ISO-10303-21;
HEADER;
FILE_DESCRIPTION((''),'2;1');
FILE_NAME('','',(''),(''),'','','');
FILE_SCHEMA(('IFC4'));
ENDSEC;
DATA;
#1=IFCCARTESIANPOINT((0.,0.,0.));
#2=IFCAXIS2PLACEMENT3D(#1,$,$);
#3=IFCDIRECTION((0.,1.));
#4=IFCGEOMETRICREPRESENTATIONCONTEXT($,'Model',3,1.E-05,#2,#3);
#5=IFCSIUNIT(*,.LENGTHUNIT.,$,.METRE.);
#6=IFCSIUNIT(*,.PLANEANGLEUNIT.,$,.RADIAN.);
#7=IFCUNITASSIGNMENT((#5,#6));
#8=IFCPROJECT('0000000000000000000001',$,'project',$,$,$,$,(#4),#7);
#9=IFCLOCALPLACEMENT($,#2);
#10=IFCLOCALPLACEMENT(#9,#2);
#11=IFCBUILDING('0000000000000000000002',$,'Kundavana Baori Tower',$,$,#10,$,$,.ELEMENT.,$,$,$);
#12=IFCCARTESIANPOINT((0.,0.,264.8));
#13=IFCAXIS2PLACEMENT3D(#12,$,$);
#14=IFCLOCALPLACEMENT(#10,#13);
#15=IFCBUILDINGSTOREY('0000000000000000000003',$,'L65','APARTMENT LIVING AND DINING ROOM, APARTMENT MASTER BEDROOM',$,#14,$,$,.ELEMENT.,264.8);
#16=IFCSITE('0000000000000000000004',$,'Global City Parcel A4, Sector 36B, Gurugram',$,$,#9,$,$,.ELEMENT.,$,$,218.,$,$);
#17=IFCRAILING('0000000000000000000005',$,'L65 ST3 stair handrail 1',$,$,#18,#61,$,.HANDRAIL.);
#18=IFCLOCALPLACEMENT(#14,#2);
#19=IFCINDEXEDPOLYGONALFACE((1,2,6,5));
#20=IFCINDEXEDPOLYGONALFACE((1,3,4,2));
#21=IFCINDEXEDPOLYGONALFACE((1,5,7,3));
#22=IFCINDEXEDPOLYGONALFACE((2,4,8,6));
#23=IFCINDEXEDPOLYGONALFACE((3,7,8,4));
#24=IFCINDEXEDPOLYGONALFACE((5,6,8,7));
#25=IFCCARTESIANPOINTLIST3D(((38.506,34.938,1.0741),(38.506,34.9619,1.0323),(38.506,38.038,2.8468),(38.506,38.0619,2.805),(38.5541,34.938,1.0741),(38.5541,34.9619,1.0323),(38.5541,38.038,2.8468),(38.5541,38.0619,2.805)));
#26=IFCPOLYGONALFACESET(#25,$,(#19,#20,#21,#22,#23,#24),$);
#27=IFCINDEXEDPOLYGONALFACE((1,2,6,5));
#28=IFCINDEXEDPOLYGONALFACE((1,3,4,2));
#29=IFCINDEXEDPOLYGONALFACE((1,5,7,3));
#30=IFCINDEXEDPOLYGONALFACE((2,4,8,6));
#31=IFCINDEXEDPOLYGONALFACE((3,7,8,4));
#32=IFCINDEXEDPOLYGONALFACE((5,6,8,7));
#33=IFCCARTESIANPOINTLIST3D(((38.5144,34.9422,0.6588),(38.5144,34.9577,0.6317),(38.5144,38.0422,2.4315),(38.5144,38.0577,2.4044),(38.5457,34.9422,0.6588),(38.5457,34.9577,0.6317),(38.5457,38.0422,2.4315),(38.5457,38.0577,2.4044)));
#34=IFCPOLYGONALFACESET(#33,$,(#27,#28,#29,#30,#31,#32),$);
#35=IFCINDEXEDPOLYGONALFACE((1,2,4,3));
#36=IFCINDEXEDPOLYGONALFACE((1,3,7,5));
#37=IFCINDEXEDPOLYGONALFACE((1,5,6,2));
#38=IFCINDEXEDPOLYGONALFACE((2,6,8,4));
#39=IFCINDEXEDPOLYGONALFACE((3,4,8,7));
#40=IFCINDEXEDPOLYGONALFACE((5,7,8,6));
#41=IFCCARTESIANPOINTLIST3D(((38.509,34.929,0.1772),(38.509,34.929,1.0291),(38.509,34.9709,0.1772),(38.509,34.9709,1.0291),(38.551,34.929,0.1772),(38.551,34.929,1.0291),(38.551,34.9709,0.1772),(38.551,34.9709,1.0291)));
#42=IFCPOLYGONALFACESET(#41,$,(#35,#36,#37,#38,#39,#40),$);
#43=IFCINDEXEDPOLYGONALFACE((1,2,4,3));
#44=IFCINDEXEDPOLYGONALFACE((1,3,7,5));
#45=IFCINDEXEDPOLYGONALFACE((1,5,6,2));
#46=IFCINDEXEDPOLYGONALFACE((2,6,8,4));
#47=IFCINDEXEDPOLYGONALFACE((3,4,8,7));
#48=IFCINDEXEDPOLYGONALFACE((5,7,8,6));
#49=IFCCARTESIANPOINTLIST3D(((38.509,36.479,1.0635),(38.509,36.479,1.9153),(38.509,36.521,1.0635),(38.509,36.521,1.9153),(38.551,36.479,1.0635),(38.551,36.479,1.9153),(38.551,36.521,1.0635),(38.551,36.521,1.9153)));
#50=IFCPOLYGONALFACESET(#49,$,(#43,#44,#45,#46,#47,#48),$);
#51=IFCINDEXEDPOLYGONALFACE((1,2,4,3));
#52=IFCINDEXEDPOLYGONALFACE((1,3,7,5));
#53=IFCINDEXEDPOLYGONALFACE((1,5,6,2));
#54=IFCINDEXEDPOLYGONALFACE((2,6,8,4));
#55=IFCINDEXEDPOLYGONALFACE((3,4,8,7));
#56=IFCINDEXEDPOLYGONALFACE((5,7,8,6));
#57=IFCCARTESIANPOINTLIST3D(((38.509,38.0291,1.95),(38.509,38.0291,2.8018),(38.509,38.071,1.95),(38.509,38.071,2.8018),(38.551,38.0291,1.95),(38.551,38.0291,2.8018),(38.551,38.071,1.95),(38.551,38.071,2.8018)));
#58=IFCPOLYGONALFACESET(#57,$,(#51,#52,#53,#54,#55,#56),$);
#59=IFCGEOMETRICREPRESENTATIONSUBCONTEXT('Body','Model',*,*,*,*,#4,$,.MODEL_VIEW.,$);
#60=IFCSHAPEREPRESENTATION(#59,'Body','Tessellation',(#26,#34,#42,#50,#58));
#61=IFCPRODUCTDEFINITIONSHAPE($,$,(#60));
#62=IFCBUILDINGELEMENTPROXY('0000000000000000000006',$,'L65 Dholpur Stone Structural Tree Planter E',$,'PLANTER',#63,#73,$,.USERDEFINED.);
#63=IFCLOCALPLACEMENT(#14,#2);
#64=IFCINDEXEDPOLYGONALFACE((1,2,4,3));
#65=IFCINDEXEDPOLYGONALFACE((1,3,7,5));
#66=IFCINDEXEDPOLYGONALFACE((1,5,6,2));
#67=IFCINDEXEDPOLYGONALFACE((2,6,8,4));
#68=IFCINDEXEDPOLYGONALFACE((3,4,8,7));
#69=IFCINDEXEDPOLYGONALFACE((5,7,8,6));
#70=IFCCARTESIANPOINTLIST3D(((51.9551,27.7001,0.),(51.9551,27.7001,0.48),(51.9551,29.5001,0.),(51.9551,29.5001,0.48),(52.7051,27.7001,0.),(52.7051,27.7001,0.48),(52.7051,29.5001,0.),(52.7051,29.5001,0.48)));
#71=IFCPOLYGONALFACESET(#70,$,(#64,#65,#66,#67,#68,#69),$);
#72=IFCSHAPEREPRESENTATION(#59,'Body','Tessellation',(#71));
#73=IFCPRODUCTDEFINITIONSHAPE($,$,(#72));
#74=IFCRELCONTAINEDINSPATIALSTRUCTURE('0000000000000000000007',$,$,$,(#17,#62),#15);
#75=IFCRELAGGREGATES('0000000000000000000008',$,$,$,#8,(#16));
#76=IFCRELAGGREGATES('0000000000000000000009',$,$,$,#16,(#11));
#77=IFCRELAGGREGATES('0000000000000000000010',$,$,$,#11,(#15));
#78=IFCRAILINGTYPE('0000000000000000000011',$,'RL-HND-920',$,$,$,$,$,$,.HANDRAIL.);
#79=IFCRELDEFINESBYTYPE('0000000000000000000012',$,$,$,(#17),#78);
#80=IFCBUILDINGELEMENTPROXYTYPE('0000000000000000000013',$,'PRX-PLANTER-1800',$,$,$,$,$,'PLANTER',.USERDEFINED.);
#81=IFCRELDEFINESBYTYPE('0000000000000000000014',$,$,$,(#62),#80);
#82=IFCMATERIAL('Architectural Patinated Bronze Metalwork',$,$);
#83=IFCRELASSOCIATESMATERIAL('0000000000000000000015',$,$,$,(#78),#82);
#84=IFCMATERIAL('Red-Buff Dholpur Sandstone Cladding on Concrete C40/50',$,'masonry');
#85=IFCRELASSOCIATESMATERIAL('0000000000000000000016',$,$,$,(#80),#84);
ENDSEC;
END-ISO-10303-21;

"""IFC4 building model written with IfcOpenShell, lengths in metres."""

from ifc_helpers import new_model, si_unit, direction, frame, origin, origin_2d, place, context, subcontext, project, spatial, rectangle, extrude, material, type_object, element, save


model = new_model("IFC4")

# Units and contexts
model_context = context("Model", 3, precision=1e-05, world=origin(), true_north=direction((0.0, 1.0)))
body_context = subcontext(model_context, "Body", "Model", "MODEL_VIEW")
ifc_project = project(units=[si_unit("LENGTHUNIT", "METRE"), si_unit("PLANEANGLEUNIT", "RADIAN")], contexts=[model_context])

# Site, building, storey
site_placement = place(None, origin())
site = spatial("IfcSite", under=ifc_project, at=site_placement, Name="Global City Parcel A4, Sector 36B, Gurugram", CompositionType="ELEMENT", RefElevation=218.0)
building_placement = place(site_placement, origin())
building = spatial("IfcBuilding", under=site, at=building_placement, Name="Kundavana Baori Tower", CompositionType="ELEMENT")
storey_placement = place(building_placement, frame((0.0, 0.0, 264.8)))
storey = spatial("IfcBuildingStorey", under=building, at=storey_placement, Name="L65", Description="APARTMENT LIVING AND DINING ROOM, APARTMENT MASTER BEDROOM", CompositionType="ELEMENT", Elevation=264.8)

# Railing
ifc_material_1 = material(Name="Architectural Patinated Bronze Metalwork")
railing_type_1 = type_object("IfcRailingType", Name="RL-HND-920", PredefinedType="HANDRAIL", material=ifc_material_1)
railing_1_placement = place(storey_placement, frame((38.53, 34.95, 0.1772)))
element("IfcRailing", 1, at=railing_1_placement, inside=storey, type_object=railing_type_1, Name="L65 ST3 stair handrail 1", PredefinedType="HANDRAIL", context=body_context, shape_type="SweptSolid", body=[
    extrude(rectangle(XDim=0.0481, YDim=0.0481, at=origin_2d()), frame((0.0, 0.0, 0.876), z_axis=(0.0, 0.868096, 0.496397), x_axis=(-1.0, 0.0, 0.0)), (0.0, 0.0, 1.0), 3.571),
    extrude(rectangle(XDim=0.0312, YDim=0.0312, at=origin_2d()), frame((0.0, 0.0, 0.468), z_axis=(0.0, 0.868096, 0.496397), x_axis=(-1.0, 0.0, 0.0)), (0.0, 0.0, 1.0), 3.571),
    extrude(rectangle(XDim=0.042, YDim=0.042, at=origin_2d()), origin(), (0.0, 0.0, 1.0), 0.8518),
    extrude(rectangle(XDim=0.042, YDim=0.042, at=origin_2d()), frame((0.0, 1.55, 0.8862)), (0.0, 0.0, 1.0), 0.8518),
    extrude(rectangle(XDim=0.042, YDim=0.042, at=origin_2d()), frame((0.0, 3.1001, 1.7727)), (0.0, 0.0, 1.0), 0.8518),
])

# Building element proxy
ifc_material_2 = material(Name="Red-Buff Dholpur Sandstone Cladding on Concrete C40/50", Category="masonry")
building_element_proxy_type = type_object("IfcBuildingElementProxyType", Name="PRX-PLANTER-1800", ElementType="PLANTER", PredefinedType="USERDEFINED", material=ifc_material_2)
proxy_placement = place(storey_placement, frame((52.3301, 28.6001, 0.0), z_axis=(0.0, 0.0, 1.0), x_axis=(0.0, 1.0, 0.0)))
element("IfcBuildingElementProxy", 2, at=proxy_placement, inside=storey, type_object=building_element_proxy_type, Name="L65 Dholpur Stone Structural Tree Planter E", ObjectType="PLANTER", PredefinedType="USERDEFINED", context=body_context, shape_type="SweptSolid", body=[
    extrude(rectangle(XDim=1.8, YDim=0.75, at=origin_2d()), origin(), (0.0, 0.0, 1.0), 0.48),
])

save(model, "model.ifc")
